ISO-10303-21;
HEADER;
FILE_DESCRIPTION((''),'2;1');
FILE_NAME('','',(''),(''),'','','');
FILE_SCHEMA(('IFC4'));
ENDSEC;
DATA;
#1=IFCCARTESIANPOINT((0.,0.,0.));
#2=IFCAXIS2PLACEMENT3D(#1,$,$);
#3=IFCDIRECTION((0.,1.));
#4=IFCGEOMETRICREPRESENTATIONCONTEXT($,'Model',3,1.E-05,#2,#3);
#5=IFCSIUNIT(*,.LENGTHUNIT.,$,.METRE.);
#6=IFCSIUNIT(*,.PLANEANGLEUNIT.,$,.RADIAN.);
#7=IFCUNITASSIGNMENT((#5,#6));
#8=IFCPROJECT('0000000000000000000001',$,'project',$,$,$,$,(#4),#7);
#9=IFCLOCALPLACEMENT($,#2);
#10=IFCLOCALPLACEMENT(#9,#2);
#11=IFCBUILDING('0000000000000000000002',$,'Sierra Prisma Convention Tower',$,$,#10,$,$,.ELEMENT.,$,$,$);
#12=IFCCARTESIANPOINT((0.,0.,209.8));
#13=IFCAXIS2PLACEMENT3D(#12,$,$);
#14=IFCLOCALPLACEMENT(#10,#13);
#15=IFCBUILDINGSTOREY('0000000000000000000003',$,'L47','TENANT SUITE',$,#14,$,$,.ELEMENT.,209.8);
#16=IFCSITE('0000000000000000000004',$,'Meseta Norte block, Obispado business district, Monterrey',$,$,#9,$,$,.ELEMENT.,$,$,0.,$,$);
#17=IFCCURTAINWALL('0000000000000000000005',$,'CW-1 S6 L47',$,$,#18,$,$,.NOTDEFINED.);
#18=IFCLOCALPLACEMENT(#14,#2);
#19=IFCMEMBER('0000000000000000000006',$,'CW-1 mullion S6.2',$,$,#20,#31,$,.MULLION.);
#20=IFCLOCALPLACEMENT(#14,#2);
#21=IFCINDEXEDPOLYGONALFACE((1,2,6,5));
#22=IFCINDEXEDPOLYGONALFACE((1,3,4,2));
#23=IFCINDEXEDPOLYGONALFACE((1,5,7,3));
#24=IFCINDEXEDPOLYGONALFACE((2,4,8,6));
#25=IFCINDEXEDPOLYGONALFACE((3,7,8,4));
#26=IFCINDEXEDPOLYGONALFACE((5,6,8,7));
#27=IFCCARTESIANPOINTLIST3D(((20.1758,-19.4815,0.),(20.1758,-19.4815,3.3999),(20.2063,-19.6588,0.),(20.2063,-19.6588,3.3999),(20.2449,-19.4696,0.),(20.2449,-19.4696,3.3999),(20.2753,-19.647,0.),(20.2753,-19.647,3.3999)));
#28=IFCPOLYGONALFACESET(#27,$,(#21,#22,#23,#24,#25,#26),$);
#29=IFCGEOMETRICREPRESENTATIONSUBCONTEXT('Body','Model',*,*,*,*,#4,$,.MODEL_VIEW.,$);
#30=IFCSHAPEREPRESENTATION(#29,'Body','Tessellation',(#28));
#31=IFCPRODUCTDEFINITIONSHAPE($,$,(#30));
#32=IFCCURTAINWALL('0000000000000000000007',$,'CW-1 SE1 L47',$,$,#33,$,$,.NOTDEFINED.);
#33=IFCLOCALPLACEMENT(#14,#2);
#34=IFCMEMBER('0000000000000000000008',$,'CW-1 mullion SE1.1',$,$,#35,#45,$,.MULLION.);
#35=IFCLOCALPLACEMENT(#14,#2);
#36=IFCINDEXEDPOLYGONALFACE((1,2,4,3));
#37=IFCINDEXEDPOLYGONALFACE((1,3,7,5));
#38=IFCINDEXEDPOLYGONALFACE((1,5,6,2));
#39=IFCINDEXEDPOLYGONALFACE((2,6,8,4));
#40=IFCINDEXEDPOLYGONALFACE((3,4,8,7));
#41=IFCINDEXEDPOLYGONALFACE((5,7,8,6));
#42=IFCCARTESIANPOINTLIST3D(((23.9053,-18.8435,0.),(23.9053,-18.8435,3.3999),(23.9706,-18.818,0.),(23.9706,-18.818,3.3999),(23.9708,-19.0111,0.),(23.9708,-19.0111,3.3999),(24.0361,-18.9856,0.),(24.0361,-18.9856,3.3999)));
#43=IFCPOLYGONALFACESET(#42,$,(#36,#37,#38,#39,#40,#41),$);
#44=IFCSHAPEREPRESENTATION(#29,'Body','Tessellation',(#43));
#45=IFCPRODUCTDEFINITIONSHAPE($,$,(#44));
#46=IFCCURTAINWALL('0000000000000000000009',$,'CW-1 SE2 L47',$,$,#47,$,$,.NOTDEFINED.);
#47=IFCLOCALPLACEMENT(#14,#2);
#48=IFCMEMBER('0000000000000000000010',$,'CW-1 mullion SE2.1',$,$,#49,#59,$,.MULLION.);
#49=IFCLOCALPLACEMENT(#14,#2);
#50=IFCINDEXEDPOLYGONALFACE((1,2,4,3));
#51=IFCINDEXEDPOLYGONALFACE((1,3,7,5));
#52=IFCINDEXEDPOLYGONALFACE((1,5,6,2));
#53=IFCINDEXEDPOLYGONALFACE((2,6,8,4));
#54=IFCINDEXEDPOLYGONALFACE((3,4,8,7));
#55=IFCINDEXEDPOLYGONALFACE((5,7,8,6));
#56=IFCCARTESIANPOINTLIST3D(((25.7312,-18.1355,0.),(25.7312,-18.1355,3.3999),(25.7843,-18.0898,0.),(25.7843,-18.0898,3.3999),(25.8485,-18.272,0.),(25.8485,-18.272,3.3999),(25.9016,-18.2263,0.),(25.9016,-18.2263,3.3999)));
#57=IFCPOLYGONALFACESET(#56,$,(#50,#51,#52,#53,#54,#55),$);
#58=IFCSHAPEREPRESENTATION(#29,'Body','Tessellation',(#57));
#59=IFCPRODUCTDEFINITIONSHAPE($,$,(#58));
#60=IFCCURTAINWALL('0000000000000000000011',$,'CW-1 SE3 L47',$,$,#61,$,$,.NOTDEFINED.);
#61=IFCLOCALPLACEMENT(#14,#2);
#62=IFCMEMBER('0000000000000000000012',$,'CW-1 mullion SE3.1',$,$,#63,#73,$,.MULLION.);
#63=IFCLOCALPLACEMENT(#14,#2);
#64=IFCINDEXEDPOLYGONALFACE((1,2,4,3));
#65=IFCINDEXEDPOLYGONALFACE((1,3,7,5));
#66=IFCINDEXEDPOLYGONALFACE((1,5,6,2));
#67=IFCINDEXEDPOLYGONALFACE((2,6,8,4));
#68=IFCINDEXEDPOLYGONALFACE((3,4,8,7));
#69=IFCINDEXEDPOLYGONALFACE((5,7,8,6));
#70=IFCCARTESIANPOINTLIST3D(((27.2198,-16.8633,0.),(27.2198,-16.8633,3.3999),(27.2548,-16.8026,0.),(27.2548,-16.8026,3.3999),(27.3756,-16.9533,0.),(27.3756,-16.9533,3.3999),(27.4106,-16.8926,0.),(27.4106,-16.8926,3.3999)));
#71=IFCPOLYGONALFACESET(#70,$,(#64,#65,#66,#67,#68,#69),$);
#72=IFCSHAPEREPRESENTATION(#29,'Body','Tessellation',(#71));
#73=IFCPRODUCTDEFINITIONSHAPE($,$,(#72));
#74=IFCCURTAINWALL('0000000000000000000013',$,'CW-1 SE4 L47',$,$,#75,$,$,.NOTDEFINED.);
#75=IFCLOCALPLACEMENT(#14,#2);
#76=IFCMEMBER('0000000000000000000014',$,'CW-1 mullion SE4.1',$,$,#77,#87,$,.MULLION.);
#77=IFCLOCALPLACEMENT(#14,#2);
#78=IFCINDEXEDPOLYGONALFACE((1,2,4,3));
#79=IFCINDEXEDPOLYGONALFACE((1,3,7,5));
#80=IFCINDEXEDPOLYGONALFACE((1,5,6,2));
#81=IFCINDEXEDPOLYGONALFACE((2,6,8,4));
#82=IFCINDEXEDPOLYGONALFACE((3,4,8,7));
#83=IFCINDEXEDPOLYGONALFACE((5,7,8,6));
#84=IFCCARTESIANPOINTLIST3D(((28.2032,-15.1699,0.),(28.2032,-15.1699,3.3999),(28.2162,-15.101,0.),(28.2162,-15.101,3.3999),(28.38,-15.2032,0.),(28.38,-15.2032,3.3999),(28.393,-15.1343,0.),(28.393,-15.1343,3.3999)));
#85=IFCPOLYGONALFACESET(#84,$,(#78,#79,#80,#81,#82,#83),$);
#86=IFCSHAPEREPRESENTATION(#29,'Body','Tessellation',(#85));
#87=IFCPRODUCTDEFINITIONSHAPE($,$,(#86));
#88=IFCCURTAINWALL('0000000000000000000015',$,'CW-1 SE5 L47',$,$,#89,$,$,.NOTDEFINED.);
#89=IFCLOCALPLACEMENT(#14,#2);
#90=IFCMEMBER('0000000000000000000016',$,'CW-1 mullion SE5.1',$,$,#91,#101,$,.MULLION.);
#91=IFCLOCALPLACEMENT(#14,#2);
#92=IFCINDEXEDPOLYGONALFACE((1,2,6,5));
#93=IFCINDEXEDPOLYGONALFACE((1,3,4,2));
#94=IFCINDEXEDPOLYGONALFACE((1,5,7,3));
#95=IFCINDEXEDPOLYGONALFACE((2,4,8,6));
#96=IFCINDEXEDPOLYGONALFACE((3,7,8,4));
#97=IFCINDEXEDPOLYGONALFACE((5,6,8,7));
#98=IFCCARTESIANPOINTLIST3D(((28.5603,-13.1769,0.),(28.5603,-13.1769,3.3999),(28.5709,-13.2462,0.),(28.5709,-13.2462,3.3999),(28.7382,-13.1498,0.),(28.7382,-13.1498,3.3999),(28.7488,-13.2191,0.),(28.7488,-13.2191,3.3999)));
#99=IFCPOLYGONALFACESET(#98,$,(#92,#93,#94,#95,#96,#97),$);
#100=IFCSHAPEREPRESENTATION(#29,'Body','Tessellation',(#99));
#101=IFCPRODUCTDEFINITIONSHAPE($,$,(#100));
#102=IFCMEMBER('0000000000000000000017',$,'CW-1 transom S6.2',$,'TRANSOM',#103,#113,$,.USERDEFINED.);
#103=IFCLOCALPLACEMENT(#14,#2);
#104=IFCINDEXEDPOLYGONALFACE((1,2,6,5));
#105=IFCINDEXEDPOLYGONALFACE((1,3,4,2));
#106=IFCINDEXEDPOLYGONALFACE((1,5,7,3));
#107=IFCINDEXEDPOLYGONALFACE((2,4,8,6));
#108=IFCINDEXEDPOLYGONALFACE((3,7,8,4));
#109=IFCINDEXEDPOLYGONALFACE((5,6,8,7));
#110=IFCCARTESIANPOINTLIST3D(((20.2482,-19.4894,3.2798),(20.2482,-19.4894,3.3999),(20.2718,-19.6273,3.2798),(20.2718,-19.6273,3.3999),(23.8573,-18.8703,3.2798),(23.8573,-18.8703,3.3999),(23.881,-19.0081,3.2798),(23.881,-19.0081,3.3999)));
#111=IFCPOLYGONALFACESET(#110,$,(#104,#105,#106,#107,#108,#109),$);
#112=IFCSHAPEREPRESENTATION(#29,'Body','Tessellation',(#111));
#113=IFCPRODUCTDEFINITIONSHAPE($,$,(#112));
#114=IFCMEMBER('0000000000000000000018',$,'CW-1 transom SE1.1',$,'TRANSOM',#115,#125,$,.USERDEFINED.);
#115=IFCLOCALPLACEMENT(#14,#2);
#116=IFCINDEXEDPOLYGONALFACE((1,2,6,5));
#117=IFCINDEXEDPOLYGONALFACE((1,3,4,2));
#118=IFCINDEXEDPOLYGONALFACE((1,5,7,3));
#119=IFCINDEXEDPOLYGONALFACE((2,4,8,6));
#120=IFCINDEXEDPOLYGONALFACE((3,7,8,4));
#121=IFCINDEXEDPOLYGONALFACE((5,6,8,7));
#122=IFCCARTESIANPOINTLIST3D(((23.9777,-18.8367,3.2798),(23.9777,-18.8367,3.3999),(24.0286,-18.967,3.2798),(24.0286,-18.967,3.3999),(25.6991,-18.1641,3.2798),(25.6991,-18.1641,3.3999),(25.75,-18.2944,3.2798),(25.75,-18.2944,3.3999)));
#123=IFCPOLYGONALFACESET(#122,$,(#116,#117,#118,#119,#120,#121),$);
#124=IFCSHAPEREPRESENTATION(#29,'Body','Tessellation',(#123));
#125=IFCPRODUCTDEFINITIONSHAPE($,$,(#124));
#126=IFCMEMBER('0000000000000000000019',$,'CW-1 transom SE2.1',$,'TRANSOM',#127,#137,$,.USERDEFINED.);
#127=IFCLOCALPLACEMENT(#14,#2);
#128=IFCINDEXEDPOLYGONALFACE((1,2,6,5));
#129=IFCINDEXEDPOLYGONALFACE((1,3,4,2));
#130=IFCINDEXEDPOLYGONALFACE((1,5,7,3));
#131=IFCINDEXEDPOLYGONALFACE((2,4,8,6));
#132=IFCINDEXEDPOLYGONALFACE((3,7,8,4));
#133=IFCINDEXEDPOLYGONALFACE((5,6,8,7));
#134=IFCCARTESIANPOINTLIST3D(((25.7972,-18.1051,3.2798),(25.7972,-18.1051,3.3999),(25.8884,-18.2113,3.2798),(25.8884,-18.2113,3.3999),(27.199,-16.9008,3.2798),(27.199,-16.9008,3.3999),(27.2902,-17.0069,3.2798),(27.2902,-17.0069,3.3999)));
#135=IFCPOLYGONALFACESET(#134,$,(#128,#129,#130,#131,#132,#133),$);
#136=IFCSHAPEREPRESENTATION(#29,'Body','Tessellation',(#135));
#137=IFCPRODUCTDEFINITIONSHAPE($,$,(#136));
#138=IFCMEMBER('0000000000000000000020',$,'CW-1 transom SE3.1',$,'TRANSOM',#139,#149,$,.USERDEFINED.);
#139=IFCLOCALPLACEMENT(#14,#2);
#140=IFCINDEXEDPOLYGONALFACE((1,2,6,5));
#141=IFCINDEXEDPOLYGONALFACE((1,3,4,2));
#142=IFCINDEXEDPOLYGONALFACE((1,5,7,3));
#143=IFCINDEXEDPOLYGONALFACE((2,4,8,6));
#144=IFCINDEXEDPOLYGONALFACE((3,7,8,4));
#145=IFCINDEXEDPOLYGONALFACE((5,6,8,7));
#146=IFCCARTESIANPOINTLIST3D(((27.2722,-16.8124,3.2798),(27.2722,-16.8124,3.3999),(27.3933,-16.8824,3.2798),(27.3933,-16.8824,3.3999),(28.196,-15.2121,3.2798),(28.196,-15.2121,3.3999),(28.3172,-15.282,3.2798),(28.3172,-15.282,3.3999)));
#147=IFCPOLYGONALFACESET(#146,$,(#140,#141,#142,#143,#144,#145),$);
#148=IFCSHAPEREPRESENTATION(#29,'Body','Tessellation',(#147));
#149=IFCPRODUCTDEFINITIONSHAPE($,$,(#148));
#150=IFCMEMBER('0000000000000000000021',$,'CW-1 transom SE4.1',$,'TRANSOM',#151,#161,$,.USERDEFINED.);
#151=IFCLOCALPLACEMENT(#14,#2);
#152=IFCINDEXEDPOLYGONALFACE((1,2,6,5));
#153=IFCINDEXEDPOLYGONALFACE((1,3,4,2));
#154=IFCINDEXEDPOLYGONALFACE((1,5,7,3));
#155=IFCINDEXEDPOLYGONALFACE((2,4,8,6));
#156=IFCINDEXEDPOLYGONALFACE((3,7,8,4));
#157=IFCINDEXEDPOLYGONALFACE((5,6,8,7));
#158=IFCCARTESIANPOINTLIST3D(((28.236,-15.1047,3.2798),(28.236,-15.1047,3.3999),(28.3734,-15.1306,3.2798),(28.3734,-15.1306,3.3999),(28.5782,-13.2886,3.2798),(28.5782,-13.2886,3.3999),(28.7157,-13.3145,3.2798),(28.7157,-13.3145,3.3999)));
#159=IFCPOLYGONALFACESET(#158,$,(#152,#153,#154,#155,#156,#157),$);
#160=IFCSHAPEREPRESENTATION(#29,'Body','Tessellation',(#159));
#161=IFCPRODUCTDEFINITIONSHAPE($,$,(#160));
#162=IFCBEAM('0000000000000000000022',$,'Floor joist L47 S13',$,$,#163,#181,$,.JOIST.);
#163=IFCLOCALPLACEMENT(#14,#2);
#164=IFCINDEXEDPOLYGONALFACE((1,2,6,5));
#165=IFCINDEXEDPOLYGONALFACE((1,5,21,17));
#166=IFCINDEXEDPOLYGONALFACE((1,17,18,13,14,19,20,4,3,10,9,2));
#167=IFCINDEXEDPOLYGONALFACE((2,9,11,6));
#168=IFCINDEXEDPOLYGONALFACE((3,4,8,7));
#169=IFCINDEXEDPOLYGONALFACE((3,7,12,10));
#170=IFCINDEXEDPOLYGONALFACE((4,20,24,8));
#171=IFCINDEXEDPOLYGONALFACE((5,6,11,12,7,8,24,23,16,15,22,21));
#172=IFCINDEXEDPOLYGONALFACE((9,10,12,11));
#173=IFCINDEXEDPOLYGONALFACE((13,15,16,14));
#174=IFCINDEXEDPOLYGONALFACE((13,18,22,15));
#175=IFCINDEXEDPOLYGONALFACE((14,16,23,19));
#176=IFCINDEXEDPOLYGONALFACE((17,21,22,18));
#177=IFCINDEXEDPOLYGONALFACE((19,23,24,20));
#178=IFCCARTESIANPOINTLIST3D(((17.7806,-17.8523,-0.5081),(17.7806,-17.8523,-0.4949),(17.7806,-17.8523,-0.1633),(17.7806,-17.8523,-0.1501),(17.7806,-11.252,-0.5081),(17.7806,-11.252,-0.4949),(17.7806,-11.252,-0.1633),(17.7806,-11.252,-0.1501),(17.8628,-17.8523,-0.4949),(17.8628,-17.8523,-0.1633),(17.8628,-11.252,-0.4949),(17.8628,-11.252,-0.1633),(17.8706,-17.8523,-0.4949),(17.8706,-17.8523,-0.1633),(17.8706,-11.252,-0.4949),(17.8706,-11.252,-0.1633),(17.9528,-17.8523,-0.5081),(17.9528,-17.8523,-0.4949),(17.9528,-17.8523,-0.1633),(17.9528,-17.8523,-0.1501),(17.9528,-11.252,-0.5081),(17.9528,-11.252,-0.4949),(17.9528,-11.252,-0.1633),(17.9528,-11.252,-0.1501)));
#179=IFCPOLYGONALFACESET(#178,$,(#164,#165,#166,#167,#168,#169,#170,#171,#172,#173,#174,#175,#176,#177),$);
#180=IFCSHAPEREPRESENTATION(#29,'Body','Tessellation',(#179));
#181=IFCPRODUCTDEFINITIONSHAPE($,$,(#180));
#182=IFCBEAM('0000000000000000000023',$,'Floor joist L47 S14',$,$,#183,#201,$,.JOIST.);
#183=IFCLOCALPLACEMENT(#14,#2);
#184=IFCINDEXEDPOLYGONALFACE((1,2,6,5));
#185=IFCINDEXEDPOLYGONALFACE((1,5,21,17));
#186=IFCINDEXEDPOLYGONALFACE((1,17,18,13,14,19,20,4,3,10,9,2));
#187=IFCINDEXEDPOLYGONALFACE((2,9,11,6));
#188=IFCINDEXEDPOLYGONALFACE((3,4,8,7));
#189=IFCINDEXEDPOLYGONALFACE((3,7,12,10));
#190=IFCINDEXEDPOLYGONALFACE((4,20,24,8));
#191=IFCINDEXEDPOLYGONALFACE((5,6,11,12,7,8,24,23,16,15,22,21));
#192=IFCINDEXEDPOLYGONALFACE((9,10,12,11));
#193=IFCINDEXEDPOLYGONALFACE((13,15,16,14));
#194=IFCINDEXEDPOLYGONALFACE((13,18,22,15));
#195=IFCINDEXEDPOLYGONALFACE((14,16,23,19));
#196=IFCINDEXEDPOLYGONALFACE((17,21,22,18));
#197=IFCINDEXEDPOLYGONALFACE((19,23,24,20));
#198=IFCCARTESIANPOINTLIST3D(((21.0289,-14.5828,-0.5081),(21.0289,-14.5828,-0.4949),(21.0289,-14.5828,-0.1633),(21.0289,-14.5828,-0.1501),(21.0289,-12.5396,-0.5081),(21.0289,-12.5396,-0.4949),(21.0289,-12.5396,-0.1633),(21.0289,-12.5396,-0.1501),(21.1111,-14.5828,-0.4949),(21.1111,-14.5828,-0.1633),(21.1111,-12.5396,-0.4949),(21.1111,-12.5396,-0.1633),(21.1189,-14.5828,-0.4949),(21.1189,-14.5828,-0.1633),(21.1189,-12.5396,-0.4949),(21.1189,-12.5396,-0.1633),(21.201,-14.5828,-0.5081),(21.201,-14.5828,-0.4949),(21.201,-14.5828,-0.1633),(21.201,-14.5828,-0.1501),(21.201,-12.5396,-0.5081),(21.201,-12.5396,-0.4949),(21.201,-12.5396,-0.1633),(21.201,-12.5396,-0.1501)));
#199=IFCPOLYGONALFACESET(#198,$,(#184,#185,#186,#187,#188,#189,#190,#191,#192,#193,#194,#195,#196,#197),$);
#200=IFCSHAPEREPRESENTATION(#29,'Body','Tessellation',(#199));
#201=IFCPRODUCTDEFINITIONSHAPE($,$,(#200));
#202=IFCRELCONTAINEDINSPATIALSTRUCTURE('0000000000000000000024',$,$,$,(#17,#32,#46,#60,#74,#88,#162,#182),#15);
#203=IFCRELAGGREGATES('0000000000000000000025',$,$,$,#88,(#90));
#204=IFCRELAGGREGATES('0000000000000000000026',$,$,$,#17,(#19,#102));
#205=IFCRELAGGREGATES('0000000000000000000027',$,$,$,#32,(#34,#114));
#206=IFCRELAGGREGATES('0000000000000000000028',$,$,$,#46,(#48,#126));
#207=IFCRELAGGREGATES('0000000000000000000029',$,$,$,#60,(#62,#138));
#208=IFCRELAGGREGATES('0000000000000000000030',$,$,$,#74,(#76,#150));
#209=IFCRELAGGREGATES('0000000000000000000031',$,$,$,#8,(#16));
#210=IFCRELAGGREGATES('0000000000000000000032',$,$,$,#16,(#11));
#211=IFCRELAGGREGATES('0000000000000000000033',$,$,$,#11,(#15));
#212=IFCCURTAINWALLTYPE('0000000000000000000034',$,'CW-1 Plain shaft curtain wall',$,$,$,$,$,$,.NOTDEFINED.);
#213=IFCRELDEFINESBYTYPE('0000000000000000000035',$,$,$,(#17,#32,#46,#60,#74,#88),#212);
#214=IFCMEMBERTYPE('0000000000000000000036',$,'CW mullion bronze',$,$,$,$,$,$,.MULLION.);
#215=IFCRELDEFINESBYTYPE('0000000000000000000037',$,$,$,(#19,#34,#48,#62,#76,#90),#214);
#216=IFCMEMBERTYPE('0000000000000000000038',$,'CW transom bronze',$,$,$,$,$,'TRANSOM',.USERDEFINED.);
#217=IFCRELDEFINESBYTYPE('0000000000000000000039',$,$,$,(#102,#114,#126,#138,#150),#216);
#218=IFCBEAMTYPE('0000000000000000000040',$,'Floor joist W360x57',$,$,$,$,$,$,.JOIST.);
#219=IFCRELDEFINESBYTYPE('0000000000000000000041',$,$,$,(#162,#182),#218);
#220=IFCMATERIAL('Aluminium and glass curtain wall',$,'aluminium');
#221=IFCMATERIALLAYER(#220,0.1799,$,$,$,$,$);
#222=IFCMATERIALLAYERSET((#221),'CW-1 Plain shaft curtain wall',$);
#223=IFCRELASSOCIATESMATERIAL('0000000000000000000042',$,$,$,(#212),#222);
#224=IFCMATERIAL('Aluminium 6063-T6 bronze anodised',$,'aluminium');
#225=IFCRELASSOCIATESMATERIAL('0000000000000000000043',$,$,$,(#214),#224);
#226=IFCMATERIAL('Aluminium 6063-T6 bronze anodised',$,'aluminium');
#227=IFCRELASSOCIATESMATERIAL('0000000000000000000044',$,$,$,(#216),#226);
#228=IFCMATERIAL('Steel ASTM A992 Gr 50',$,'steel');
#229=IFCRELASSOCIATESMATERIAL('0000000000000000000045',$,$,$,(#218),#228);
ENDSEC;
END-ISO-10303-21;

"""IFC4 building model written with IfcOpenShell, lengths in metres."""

from ifc_helpers import new_model, si_unit, direction, frame, origin, origin_2d, place, context, subcontext, project, spatial, rectangle, i_section, extrude, material, layer, layer_set, material_profile, profile_set, type_object, element, aggregate, save


model = new_model("IFC4")

# Units and contexts
model_context = context("Model", 3, precision=1e-05, world=origin(), true_north=direction((0.0, 1.0)))
body_context = subcontext(model_context, "Body", "Model", "MODEL_VIEW")
ifc_project = project(units=[si_unit("LENGTHUNIT", "METRE"), si_unit("PLANEANGLEUNIT", "RADIAN")], contexts=[model_context])

# Site, building, storey
site_placement = place(None, origin())
site = spatial("IfcSite", under=ifc_project, at=site_placement, Name="Meseta Norte block, Obispado business district, Monterrey", CompositionType="ELEMENT", RefElevation=0.0)
building_placement = place(site_placement, origin())
building = spatial("IfcBuilding", under=site, at=building_placement, Name="Sierra Prisma Convention Tower", CompositionType="ELEMENT")
storey_placement = place(building_placement, frame((0.0, 0.0, 209.8)))
storey = spatial("IfcBuildingStorey", under=building, at=storey_placement, Name="L47", Description="TENANT SUITE", CompositionType="ELEMENT", Elevation=209.8)

# Curtain walls, members
ifc_material_1 = material(Name="Aluminium and glass curtain wall", Category="aluminium")
ifc_layer_1 = layer(ifc_material_1, 0.1799)
ifc_layer_set_1 = layer_set([ifc_layer_1], Name="CW-1 Plain shaft curtain wall")
curtain_wall_type = type_object("IfcCurtainWallType", Name="CW-1 Plain shaft curtain wall", PredefinedType="NOTDEFINED", material=ifc_layer_set_1)
curtain_wall_1_placement = place(storey_placement, origin())
curtain_wall_1 = element("IfcCurtainWall", 1, at=curtain_wall_1_placement, inside=storey, type_object=curtain_wall_type, Name="CW-1 S6 L47", PredefinedType="NOTDEFINED")
ifc_material_2 = material(Name="Aluminium 6063-T6 bronze anodised", Category="aluminium")
ifc_material_profile_1 = material_profile(ifc_material_2, rectangle(XDim=0.1799, YDim=0.0701, at=origin_2d()), Name="ALU MULLION 70x180")
ifc_profile_set_1 = profile_set([ifc_material_profile_1], Name="Aluminium 6063-T6 bronze anodised")
member_type_1 = type_object("IfcMemberType", Name="CW mullion bronze", PredefinedType="MULLION", material=ifc_profile_set_1)
member_1_placement = place(storey_placement, frame((20.2256, -19.5642, 0.0), z_axis=(0.0, 0.0, 1.0), x_axis=(-0.169055, 0.985607, 0.0)))
member_1 = element("IfcMember", 2, at=member_1_placement, type_object=member_type_1, Name="CW-1 mullion S6.2", PredefinedType="MULLION", context=body_context, shape_type="SweptSolid", body=[
    extrude(rectangle(XDim=0.1799, YDim=0.0701, at=origin_2d()), origin(), (0.0, 0.0, 1.0), 3.3999),
])
curtain_wall_2_placement = place(storey_placement, origin())
curtain_wall_2 = element("IfcCurtainWall", 3, at=curtain_wall_2_placement, inside=storey, type_object=curtain_wall_type, Name="CW-1 SE1 L47", PredefinedType="NOTDEFINED")
member_2_placement = place(storey_placement, frame((23.9707, -18.9146, 0.0), z_axis=(0.0, 0.0, 1.0), x_axis=(-0.36396, 0.931415, 0.0)))
member_2 = element("IfcMember", 4, at=member_2_placement, type_object=member_type_1, Name="CW-1 mullion SE1.1", PredefinedType="MULLION", context=body_context, shape_type="SweptSolid", body=[
    extrude(rectangle(XDim=0.1799, YDim=0.0701, at=origin_2d()), origin(), (0.0, 0.0, 1.0), 3.3999),
])
curtain_wall_3_placement = place(storey_placement, origin())
curtain_wall_3 = element("IfcCurtainWall", 5, at=curtain_wall_3_placement, inside=storey, type_object=curtain_wall_type, Name="CW-1 SE2 L47", PredefinedType="NOTDEFINED")
member_3_placement = place(storey_placement, frame((25.8164, -18.1809, 0.0), z_axis=(0.0, 0.0, 1.0), x_axis=(-0.651725, 0.758455, 0.0)))
member_3 = element("IfcMember", 6, at=member_3_placement, type_object=member_type_1, Name="CW-1 mullion SE2.1", PredefinedType="MULLION", context=body_context, shape_type="SweptSolid", body=[
    extrude(rectangle(XDim=0.1799, YDim=0.0701, at=origin_2d()), origin(), (0.0, 0.0, 1.0), 3.3999),
])
curtain_wall_4_placement = place(storey_placement, origin())
curtain_wall_4 = element("IfcCurtainWall", 7, at=curtain_wall_4_placement, inside=storey, type_object=curtain_wall_type, Name="CW-1 SE3 L47", PredefinedType="NOTDEFINED")
member_4_placement = place(storey_placement, frame((27.3152, -16.8779, 0.0), z_axis=(0.0, 0.0, 1.0), x_axis=(-0.866025, 0.5, 0.0)))
member_4 = element("IfcMember", 8, at=member_4_placement, type_object=member_type_1, Name="CW-1 mullion SE3.1", PredefinedType="MULLION", context=body_context, shape_type="SweptSolid", body=[
    extrude(rectangle(XDim=0.1799, YDim=0.0701, at=origin_2d()), origin(), (0.0, 0.0, 1.0), 3.3999),
])
curtain_wall_5_placement = place(storey_placement, origin())
curtain_wall_5 = element("IfcCurtainWall", 9, at=curtain_wall_5_placement, inside=storey, type_object=curtain_wall_type, Name="CW-1 SE4 L47", PredefinedType="NOTDEFINED")
member_5_placement = place(storey_placement, frame((28.2981, -15.1521, 0.0), z_axis=(0.0, 0.0, 1.0), x_axis=(-0.982704, 0.185183, 0.0)))
member_5 = element("IfcMember", 10, at=member_5_placement, type_object=member_type_1, Name="CW-1 mullion SE4.1", PredefinedType="MULLION", context=body_context, shape_type="SweptSolid", body=[
    extrude(rectangle(XDim=0.1799, YDim=0.0701, at=origin_2d()), origin(), (0.0, 0.0, 1.0), 3.3999),
])
curtain_wall_6_placement = place(storey_placement, origin())
curtain_wall_6 = element("IfcCurtainWall", 11, at=curtain_wall_6_placement, inside=storey, type_object=curtain_wall_type, Name="CW-1 SE5 L47", PredefinedType="NOTDEFINED")
member_6_placement = place(storey_placement, frame((28.6545, -13.198, 0.0), z_axis=(0.0, 0.0, 1.0), x_axis=(-0.988609, -0.150509, 0.0)))
member_6 = element("IfcMember", 12, at=member_6_placement, type_object=member_type_1, Name="CW-1 mullion SE5.1", PredefinedType="MULLION", context=body_context, shape_type="SweptSolid", body=[
    extrude(rectangle(XDim=0.1799, YDim=0.0701, at=origin_2d()), origin(), (0.0, 0.0, 1.0), 3.3999),
])
aggregate(curtain_wall_6, [member_6])

# Members
ifc_material_3 = material(Name="Aluminium 6063-T6 bronze anodised", Category="aluminium")
ifc_material_profile_2 = material_profile(ifc_material_3, rectangle(XDim=0.1399, YDim=0.1201, at=origin_2d()), Name="ALU TRANSOM 120x140")
ifc_profile_set_2 = profile_set([ifc_material_profile_2], Name="Aluminium 6063-T6 bronze anodised")
member_type_2 = type_object("IfcMemberType", Name="CW transom bronze", ElementType="TRANSOM", PredefinedType="USERDEFINED", material=ifc_profile_set_2)
member_7_placement = place(storey_placement, frame((20.26, -19.5583, 3.3398), z_axis=(0.985603, 0.169079, 0.0), x_axis=(-0.169079, 0.985603, 0.0)))
member_7 = element("IfcMember", 13, at=member_7_placement, type_object=member_type_2, Name="CW-1 transom S6.2", ObjectType="TRANSOM", PredefinedType="USERDEFINED", context=body_context, shape_type="SweptSolid", body=[
    extrude(rectangle(XDim=0.1399, YDim=0.1201, at=origin_2d()), origin(), (0.0, 0.0, 1.0), 3.6619),
])
member_8_placement = place(storey_placement, frame((24.0032, -18.9019, 3.3398), z_axis=(0.931426, 0.363931, 0.0), x_axis=(-0.363931, 0.931426, 0.0)))
member_8 = element("IfcMember", 14, at=member_8_placement, type_object=member_type_2, Name="CW-1 transom SE1.1", ObjectType="TRANSOM", PredefinedType="USERDEFINED", context=body_context, shape_type="SweptSolid", body=[
    extrude(rectangle(XDim=0.1399, YDim=0.1201, at=origin_2d()), origin(), (0.0, 0.0, 1.0), 1.8481),
])
member_9_placement = place(storey_placement, frame((25.8428, -18.1582, 3.3398), z_axis=(0.758519, 0.65165, 0.0), x_axis=(-0.65165, 0.758519, 0.0)))
member_9 = element("IfcMember", 15, at=member_9_placement, type_object=member_type_2, Name="CW-1 transom SE2.1", ObjectType="TRANSOM", PredefinedType="USERDEFINED", context=body_context, shape_type="SweptSolid", body=[
    extrude(rectangle(XDim=0.1399, YDim=0.1201, at=origin_2d()), origin(), (0.0, 0.0, 1.0), 1.8481),
])
member_10_placement = place(storey_placement, frame((27.3328, -16.8474, 3.3398), z_axis=(0.499947, 0.866056, 0.0), x_axis=(-0.866056, 0.499947, 0.0)))
member_10 = element("IfcMember", 16, at=member_10_placement, type_object=member_type_2, Name="CW-1 transom SE3.1", ObjectType="TRANSOM", PredefinedType="USERDEFINED", context=body_context, shape_type="SweptSolid", body=[
    extrude(rectangle(XDim=0.1399, YDim=0.1201, at=origin_2d()), origin(), (0.0, 0.0, 1.0), 1.8479),
])
member_11_placement = place(storey_placement, frame((28.3047, -15.1177, 3.3398), z_axis=(0.185206, 0.9827, 0.0), x_axis=(-0.9827, 0.185206, 0.0)))
member_11 = element("IfcMember", 17, at=member_11_placement, type_object=member_type_2, Name="CW-1 transom SE4.1", ObjectType="TRANSOM", PredefinedType="USERDEFINED", context=body_context, shape_type="SweptSolid", body=[
    extrude(rectangle(XDim=0.1399, YDim=0.1201, at=origin_2d()), origin(), (0.0, 0.0, 1.0), 1.8481),
])

# Beams
ifc_material_4 = material(Name="Steel ASTM A992 Gr 50", Category="steel")
ifc_material_profile_3 = material_profile(ifc_material_4, i_section(OverallWidth=0.1721, OverallDepth=0.3579, WebThickness=0.0078, FlangeThickness=0.0132, at=origin_2d()), Name="W360x57")
ifc_profile_set_3 = profile_set([ifc_material_profile_3], Name="Steel ASTM A992 Gr 50")
beam_type = type_object("IfcBeamType", Name="Floor joist W360x57", PredefinedType="JOIST", material=ifc_profile_set_3)
beam_1_placement = place(storey_placement, frame((17.8667, -17.8523, -0.3291), z_axis=(0.0, 1.0, 0.0), x_axis=(-1.0, 0.0, 0.0)))
element("IfcBeam", 18, at=beam_1_placement, inside=storey, type_object=beam_type, Name="Floor joist L47 S13", PredefinedType="JOIST", context=body_context, shape_type="SweptSolid", body=[
    extrude(i_section(OverallWidth=0.1721, OverallDepth=0.3579, WebThickness=0.0078, FlangeThickness=0.0132, at=origin_2d()), origin(), (0.0, 0.0, 1.0), 6.6003),
])
beam_2_placement = place(storey_placement, frame((21.115, -14.5828, -0.3291), z_axis=(0.0, 1.0, 0.0), x_axis=(-1.0, 0.0, 0.0)))
element("IfcBeam", 19, at=beam_2_placement, inside=storey, type_object=beam_type, Name="Floor joist L47 S14", PredefinedType="JOIST", context=body_context, shape_type="SweptSolid", body=[
    extrude(i_section(OverallWidth=0.1721, OverallDepth=0.3579, WebThickness=0.0078, FlangeThickness=0.0132, at=origin_2d()), origin(), (0.0, 0.0, 1.0), 2.0432),
])

aggregate(curtain_wall_1, [member_1, member_7])
aggregate(curtain_wall_2, [member_2, member_8])
aggregate(curtain_wall_3, [member_3, member_9])
aggregate(curtain_wall_4, [member_4, member_10])
aggregate(curtain_wall_5, [member_5, member_11])

save(model, "model.ifc")
